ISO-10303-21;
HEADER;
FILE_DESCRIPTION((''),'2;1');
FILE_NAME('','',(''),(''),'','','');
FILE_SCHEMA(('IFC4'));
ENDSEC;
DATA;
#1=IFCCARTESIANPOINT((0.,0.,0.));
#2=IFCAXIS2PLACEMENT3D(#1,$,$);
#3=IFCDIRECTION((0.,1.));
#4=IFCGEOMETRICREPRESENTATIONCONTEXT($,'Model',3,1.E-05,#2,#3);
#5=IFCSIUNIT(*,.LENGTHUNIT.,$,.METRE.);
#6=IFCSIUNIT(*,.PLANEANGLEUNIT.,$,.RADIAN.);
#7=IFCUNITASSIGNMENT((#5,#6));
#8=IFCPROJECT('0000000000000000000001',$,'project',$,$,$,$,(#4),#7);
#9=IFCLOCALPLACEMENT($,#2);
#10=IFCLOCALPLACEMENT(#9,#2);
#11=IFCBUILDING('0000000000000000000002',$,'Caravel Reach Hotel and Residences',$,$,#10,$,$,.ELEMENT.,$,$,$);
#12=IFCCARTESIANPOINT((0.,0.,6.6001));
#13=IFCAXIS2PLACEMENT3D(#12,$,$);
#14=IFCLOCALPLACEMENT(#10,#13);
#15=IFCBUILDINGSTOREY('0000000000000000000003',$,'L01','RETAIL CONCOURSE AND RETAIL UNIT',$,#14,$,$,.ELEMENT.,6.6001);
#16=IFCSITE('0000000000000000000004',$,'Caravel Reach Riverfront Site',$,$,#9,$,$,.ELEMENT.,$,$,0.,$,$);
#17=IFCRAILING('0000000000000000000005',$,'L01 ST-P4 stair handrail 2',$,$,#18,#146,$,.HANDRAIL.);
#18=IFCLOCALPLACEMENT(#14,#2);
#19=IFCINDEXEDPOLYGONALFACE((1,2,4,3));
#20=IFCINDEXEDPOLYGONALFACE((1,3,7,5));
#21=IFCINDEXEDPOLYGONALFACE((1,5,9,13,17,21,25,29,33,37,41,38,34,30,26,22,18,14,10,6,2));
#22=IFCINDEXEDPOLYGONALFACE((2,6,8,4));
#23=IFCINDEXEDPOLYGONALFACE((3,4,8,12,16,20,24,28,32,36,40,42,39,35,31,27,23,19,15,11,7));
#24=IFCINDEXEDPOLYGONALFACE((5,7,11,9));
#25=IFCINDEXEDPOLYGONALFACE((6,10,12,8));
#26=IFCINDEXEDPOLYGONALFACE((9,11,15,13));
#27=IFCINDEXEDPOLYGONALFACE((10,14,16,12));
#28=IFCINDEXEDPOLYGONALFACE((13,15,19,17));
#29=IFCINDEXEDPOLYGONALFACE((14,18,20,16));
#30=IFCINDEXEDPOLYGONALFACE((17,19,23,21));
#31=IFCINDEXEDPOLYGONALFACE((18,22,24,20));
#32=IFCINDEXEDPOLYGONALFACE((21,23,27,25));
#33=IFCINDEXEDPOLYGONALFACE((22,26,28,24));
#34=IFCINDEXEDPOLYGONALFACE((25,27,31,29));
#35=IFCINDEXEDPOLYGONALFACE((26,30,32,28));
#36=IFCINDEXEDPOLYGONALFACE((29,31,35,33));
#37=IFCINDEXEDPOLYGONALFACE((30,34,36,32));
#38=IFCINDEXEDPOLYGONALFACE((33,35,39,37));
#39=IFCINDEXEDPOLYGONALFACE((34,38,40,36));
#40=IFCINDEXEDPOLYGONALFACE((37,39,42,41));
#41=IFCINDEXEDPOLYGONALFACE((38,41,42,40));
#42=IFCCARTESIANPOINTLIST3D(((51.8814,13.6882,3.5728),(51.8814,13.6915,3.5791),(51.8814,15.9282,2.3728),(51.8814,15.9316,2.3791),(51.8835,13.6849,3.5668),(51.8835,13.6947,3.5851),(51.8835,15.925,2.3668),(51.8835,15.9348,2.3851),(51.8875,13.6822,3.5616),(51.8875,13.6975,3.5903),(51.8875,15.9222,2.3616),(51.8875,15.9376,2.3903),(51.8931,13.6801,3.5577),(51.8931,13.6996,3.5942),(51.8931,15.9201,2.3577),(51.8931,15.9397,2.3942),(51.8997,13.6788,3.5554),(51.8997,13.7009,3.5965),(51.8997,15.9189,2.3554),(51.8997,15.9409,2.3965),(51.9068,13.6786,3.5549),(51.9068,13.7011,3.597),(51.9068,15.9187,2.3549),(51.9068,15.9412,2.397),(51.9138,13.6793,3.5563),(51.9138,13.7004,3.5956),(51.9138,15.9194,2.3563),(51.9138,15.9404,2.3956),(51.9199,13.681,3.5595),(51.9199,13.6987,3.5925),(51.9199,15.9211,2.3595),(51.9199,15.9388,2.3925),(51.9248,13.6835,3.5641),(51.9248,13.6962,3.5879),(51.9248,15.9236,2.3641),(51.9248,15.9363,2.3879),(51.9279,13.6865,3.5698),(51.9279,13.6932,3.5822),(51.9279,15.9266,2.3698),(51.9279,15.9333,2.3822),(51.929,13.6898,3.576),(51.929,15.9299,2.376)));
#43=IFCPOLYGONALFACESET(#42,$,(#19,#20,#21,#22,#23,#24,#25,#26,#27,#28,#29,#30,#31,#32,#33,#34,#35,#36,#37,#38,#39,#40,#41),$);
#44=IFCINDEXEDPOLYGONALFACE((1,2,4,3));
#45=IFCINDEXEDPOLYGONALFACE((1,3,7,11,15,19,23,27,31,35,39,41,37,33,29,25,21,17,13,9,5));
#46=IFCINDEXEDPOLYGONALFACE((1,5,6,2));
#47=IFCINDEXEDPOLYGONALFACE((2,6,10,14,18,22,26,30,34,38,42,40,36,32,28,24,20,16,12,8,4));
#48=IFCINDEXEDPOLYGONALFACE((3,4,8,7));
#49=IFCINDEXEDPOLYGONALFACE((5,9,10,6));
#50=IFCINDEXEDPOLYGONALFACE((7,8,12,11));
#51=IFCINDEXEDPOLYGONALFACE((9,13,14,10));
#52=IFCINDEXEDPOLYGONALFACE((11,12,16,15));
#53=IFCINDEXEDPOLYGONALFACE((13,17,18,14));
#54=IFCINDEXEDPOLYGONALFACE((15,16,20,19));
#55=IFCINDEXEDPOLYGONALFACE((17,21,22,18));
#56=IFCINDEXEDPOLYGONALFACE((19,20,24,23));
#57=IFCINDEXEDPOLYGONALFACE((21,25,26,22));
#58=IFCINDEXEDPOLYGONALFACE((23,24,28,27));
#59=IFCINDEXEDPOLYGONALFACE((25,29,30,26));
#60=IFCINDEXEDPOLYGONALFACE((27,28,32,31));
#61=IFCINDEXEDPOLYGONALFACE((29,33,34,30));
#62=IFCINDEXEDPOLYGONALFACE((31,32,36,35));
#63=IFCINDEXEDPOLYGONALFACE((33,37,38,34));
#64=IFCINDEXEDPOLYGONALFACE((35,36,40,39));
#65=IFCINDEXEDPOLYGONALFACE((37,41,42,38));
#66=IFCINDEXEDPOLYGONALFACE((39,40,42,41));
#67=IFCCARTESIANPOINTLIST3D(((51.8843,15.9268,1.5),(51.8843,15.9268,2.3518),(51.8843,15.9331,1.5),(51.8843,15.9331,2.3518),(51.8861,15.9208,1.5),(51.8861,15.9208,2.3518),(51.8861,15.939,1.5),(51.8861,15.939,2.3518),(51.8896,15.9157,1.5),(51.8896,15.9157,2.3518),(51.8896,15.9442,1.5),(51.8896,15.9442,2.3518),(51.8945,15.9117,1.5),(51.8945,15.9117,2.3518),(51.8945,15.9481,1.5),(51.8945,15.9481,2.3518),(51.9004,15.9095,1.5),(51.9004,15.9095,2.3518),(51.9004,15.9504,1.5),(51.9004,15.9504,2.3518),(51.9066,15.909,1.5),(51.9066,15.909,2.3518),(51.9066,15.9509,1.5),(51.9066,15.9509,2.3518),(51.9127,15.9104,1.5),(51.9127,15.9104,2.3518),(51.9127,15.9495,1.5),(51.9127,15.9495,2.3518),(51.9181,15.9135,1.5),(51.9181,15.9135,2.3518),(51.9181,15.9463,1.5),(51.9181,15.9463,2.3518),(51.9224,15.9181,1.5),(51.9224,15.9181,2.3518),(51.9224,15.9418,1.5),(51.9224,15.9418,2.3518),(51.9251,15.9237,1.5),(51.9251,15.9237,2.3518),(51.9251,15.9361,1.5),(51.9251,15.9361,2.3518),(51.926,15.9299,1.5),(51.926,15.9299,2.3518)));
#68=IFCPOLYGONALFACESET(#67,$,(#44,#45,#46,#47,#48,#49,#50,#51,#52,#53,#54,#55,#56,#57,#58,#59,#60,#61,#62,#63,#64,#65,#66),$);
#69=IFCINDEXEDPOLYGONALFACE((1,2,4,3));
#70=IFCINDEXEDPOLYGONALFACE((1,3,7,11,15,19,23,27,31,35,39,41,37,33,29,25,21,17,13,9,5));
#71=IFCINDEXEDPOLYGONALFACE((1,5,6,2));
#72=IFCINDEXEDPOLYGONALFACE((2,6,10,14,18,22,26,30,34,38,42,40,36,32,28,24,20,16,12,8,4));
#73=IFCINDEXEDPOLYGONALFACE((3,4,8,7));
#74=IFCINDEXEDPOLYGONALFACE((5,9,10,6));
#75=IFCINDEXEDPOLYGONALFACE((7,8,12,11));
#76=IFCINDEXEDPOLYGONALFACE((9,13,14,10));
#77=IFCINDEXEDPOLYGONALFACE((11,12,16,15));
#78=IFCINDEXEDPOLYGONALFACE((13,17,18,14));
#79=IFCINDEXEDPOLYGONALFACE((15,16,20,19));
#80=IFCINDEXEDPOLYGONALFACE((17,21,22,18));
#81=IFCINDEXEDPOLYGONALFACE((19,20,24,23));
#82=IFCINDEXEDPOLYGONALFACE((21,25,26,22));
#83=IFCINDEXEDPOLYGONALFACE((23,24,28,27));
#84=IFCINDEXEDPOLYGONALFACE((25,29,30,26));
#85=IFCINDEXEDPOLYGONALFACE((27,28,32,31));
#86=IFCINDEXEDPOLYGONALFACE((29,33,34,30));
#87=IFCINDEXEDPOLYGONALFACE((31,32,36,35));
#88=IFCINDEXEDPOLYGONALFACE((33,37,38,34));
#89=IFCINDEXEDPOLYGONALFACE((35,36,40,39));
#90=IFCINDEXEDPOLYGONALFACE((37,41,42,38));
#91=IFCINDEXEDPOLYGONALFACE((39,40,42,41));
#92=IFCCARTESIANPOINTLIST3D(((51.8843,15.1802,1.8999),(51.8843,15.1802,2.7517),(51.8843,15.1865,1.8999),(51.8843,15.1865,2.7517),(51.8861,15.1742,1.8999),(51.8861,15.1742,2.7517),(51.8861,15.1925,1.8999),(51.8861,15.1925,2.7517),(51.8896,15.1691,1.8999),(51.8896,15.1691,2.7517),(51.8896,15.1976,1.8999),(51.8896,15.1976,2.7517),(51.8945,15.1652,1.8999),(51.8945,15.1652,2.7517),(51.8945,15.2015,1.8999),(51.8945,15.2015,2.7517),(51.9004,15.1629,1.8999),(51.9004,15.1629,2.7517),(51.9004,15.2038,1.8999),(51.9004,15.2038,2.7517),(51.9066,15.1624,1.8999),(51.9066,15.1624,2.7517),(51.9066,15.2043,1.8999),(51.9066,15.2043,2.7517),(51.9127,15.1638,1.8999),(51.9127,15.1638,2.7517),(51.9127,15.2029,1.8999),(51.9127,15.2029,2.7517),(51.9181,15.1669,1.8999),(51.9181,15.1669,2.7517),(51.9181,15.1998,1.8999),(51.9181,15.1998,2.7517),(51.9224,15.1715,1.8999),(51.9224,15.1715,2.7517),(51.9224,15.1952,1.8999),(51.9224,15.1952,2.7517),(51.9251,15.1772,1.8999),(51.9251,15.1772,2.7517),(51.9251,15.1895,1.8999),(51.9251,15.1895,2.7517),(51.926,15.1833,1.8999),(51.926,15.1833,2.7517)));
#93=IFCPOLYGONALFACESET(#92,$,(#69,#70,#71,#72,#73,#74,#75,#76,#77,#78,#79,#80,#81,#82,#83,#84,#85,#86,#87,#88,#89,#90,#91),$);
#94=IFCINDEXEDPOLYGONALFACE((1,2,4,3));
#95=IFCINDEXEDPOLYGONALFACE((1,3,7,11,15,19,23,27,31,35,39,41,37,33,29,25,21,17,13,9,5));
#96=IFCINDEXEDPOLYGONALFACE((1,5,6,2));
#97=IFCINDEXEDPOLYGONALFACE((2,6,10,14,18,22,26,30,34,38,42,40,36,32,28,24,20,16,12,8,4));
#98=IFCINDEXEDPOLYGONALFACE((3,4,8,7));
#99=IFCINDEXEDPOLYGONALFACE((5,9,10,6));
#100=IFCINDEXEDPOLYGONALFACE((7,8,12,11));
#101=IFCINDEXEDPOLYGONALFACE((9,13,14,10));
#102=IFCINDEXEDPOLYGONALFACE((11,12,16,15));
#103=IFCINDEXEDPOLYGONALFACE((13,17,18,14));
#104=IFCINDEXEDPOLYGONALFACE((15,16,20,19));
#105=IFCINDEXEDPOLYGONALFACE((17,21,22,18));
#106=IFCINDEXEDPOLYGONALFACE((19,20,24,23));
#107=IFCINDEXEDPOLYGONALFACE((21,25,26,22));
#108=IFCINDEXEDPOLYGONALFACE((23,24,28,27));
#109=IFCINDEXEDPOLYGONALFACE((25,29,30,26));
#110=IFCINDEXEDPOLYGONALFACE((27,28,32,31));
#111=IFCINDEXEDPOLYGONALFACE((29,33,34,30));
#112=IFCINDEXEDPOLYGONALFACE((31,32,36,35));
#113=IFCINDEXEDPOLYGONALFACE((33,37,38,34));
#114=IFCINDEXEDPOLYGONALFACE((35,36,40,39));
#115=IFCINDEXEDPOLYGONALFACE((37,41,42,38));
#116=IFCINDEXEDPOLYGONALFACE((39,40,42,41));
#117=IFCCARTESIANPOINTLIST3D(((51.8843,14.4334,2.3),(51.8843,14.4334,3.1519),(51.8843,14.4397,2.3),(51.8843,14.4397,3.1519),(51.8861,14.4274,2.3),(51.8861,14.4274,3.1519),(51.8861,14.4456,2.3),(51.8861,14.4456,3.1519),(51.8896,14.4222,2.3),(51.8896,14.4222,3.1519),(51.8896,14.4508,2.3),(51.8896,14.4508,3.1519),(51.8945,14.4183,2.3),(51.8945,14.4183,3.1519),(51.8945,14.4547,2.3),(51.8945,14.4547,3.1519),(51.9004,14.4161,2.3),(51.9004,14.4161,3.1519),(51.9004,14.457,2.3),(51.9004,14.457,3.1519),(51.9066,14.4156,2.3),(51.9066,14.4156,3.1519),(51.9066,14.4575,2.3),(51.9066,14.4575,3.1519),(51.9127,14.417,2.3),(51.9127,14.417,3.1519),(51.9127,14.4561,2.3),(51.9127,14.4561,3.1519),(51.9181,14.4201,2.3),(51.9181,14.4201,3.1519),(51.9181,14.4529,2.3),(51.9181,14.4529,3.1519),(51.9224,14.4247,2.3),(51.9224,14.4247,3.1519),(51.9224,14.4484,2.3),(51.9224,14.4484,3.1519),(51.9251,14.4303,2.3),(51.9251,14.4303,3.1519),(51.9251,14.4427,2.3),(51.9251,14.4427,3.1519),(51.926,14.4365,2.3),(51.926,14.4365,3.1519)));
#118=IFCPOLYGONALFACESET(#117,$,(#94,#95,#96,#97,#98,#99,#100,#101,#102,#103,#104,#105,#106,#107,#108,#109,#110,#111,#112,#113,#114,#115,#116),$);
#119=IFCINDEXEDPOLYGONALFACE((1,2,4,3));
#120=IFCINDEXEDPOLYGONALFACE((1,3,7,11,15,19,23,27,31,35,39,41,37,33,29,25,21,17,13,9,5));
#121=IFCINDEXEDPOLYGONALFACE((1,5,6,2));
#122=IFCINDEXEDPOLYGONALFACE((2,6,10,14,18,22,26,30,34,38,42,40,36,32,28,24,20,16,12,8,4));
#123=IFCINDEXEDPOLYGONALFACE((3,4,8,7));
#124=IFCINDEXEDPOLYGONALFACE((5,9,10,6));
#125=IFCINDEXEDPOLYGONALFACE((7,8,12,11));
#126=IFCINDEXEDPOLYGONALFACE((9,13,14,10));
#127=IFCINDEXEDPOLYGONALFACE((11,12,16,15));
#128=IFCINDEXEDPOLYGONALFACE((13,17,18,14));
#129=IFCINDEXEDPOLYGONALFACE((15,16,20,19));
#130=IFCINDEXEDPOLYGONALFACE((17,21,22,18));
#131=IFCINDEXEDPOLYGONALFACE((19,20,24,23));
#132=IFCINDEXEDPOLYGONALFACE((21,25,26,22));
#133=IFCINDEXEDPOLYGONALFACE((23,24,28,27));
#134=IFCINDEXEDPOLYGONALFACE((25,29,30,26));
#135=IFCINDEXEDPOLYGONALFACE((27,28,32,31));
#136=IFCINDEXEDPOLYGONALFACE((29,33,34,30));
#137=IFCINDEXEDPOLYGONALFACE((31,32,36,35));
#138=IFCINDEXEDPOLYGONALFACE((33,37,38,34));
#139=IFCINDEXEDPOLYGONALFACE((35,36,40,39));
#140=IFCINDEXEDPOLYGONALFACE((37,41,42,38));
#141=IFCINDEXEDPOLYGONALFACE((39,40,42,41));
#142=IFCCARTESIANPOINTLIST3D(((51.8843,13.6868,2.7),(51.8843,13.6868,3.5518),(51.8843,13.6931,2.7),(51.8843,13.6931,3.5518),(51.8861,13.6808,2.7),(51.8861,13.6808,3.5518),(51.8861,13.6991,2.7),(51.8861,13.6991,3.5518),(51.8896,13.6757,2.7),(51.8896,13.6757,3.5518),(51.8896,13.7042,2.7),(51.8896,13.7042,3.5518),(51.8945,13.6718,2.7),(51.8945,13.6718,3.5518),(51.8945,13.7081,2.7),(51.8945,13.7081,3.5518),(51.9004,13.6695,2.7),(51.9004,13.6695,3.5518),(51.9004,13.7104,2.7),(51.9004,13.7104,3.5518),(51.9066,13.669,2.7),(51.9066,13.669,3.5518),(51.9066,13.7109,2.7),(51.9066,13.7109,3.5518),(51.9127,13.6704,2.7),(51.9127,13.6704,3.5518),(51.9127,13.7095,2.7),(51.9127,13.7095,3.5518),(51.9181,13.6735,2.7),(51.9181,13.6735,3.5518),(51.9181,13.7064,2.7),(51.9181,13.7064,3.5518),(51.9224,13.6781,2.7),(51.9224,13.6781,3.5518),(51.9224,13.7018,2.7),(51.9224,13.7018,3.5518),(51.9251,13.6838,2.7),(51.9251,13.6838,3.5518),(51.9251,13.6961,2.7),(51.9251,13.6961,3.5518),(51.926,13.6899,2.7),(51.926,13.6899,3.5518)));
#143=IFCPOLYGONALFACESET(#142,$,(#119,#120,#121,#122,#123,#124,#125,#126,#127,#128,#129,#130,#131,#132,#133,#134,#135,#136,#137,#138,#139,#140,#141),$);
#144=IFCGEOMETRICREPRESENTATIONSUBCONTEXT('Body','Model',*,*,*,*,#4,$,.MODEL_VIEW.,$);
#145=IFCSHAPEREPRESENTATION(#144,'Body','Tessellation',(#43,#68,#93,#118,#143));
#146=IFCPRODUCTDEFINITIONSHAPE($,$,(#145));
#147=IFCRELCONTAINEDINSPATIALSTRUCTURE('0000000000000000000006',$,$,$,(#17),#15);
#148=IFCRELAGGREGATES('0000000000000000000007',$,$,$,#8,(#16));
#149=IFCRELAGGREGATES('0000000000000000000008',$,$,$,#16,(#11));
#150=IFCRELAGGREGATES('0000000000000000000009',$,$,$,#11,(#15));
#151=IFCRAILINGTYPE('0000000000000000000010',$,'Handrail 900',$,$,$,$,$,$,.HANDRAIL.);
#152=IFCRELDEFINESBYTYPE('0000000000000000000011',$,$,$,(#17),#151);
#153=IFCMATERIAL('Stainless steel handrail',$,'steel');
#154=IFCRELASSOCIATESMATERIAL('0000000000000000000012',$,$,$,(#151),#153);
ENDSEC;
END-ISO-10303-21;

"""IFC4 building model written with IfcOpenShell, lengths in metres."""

from ifc_helpers import new_model, si_unit, direction, frame, origin, origin_2d, place, context, subcontext, project, spatial, circle, extrude, material, type_object, element, save


model = new_model("IFC4")

# Units and contexts
model_context = context("Model", 3, precision=1e-05, world=origin(), true_north=direction((0.0, 1.0)))
body_context = subcontext(model_context, "Body", "Model", "MODEL_VIEW")
ifc_project = project(units=[si_unit("LENGTHUNIT", "METRE"), si_unit("PLANEANGLEUNIT", "RADIAN")], contexts=[model_context])

# Site, building, storey
site_placement = place(None, origin())
site = spatial("IfcSite", under=ifc_project, at=site_placement, Name="Caravel Reach Riverfront Site", CompositionType="ELEMENT", RefElevation=0.0)
building_placement = place(site_placement, origin())
building = spatial("IfcBuilding", under=site, at=building_placement, Name="Caravel Reach Hotel and Residences", CompositionType="ELEMENT")
storey_placement = place(building_placement, frame((0.0, 0.0, 6.6001)))
storey = spatial("IfcBuildingStorey", under=building, at=storey_placement, Name="L01", Description="RETAIL CONCOURSE AND RETAIL UNIT", CompositionType="ELEMENT", Elevation=6.6001)

# Railing
ifc_material_1 = material(Name="Stainless steel handrail", Category="steel")
railing_type_1 = type_object("IfcRailingType", Name="Handrail 900", PredefinedType="HANDRAIL", material=ifc_material_1)
for number, where, name in (
    (1, (51.905, 15.9299, 1.5), "L01 ST-P4 stair handrail 2"),
):
    element("IfcRailing", number, at=place(storey_placement, frame(where)), inside=storey, type_object=railing_type_1, Name=name, PredefinedType="HANDRAIL", context=body_context, shape_type="SweptSolid", body=[
        extrude(circle(Radius=0.0239, at=origin_2d()), frame((0.0, 0.0, 0.876), z_axis=(0.0, -0.881487, 0.472208), x_axis=(1.0, 0.0, 0.0)), (0.0, 0.0, 1.0), 2.5413),
        extrude(circle(Radius=0.021, at=origin_2d()), origin(), (0.0, 0.0, 1.0), 0.8518),
        extrude(circle(Radius=0.021, at=origin_2d()), frame((0.0, -0.7466, 0.3999)), (0.0, 0.0, 1.0), 0.8518),
        extrude(circle(Radius=0.021, at=origin_2d()), frame((0.0, -1.4934, 0.8)), (0.0, 0.0, 1.0), 0.8518),
        extrude(circle(Radius=0.021, at=origin_2d()), frame((0.0, -2.24, 1.2)), (0.0, 0.0, 1.0), 0.8518),
    ])

save(model, "model.ifc")
